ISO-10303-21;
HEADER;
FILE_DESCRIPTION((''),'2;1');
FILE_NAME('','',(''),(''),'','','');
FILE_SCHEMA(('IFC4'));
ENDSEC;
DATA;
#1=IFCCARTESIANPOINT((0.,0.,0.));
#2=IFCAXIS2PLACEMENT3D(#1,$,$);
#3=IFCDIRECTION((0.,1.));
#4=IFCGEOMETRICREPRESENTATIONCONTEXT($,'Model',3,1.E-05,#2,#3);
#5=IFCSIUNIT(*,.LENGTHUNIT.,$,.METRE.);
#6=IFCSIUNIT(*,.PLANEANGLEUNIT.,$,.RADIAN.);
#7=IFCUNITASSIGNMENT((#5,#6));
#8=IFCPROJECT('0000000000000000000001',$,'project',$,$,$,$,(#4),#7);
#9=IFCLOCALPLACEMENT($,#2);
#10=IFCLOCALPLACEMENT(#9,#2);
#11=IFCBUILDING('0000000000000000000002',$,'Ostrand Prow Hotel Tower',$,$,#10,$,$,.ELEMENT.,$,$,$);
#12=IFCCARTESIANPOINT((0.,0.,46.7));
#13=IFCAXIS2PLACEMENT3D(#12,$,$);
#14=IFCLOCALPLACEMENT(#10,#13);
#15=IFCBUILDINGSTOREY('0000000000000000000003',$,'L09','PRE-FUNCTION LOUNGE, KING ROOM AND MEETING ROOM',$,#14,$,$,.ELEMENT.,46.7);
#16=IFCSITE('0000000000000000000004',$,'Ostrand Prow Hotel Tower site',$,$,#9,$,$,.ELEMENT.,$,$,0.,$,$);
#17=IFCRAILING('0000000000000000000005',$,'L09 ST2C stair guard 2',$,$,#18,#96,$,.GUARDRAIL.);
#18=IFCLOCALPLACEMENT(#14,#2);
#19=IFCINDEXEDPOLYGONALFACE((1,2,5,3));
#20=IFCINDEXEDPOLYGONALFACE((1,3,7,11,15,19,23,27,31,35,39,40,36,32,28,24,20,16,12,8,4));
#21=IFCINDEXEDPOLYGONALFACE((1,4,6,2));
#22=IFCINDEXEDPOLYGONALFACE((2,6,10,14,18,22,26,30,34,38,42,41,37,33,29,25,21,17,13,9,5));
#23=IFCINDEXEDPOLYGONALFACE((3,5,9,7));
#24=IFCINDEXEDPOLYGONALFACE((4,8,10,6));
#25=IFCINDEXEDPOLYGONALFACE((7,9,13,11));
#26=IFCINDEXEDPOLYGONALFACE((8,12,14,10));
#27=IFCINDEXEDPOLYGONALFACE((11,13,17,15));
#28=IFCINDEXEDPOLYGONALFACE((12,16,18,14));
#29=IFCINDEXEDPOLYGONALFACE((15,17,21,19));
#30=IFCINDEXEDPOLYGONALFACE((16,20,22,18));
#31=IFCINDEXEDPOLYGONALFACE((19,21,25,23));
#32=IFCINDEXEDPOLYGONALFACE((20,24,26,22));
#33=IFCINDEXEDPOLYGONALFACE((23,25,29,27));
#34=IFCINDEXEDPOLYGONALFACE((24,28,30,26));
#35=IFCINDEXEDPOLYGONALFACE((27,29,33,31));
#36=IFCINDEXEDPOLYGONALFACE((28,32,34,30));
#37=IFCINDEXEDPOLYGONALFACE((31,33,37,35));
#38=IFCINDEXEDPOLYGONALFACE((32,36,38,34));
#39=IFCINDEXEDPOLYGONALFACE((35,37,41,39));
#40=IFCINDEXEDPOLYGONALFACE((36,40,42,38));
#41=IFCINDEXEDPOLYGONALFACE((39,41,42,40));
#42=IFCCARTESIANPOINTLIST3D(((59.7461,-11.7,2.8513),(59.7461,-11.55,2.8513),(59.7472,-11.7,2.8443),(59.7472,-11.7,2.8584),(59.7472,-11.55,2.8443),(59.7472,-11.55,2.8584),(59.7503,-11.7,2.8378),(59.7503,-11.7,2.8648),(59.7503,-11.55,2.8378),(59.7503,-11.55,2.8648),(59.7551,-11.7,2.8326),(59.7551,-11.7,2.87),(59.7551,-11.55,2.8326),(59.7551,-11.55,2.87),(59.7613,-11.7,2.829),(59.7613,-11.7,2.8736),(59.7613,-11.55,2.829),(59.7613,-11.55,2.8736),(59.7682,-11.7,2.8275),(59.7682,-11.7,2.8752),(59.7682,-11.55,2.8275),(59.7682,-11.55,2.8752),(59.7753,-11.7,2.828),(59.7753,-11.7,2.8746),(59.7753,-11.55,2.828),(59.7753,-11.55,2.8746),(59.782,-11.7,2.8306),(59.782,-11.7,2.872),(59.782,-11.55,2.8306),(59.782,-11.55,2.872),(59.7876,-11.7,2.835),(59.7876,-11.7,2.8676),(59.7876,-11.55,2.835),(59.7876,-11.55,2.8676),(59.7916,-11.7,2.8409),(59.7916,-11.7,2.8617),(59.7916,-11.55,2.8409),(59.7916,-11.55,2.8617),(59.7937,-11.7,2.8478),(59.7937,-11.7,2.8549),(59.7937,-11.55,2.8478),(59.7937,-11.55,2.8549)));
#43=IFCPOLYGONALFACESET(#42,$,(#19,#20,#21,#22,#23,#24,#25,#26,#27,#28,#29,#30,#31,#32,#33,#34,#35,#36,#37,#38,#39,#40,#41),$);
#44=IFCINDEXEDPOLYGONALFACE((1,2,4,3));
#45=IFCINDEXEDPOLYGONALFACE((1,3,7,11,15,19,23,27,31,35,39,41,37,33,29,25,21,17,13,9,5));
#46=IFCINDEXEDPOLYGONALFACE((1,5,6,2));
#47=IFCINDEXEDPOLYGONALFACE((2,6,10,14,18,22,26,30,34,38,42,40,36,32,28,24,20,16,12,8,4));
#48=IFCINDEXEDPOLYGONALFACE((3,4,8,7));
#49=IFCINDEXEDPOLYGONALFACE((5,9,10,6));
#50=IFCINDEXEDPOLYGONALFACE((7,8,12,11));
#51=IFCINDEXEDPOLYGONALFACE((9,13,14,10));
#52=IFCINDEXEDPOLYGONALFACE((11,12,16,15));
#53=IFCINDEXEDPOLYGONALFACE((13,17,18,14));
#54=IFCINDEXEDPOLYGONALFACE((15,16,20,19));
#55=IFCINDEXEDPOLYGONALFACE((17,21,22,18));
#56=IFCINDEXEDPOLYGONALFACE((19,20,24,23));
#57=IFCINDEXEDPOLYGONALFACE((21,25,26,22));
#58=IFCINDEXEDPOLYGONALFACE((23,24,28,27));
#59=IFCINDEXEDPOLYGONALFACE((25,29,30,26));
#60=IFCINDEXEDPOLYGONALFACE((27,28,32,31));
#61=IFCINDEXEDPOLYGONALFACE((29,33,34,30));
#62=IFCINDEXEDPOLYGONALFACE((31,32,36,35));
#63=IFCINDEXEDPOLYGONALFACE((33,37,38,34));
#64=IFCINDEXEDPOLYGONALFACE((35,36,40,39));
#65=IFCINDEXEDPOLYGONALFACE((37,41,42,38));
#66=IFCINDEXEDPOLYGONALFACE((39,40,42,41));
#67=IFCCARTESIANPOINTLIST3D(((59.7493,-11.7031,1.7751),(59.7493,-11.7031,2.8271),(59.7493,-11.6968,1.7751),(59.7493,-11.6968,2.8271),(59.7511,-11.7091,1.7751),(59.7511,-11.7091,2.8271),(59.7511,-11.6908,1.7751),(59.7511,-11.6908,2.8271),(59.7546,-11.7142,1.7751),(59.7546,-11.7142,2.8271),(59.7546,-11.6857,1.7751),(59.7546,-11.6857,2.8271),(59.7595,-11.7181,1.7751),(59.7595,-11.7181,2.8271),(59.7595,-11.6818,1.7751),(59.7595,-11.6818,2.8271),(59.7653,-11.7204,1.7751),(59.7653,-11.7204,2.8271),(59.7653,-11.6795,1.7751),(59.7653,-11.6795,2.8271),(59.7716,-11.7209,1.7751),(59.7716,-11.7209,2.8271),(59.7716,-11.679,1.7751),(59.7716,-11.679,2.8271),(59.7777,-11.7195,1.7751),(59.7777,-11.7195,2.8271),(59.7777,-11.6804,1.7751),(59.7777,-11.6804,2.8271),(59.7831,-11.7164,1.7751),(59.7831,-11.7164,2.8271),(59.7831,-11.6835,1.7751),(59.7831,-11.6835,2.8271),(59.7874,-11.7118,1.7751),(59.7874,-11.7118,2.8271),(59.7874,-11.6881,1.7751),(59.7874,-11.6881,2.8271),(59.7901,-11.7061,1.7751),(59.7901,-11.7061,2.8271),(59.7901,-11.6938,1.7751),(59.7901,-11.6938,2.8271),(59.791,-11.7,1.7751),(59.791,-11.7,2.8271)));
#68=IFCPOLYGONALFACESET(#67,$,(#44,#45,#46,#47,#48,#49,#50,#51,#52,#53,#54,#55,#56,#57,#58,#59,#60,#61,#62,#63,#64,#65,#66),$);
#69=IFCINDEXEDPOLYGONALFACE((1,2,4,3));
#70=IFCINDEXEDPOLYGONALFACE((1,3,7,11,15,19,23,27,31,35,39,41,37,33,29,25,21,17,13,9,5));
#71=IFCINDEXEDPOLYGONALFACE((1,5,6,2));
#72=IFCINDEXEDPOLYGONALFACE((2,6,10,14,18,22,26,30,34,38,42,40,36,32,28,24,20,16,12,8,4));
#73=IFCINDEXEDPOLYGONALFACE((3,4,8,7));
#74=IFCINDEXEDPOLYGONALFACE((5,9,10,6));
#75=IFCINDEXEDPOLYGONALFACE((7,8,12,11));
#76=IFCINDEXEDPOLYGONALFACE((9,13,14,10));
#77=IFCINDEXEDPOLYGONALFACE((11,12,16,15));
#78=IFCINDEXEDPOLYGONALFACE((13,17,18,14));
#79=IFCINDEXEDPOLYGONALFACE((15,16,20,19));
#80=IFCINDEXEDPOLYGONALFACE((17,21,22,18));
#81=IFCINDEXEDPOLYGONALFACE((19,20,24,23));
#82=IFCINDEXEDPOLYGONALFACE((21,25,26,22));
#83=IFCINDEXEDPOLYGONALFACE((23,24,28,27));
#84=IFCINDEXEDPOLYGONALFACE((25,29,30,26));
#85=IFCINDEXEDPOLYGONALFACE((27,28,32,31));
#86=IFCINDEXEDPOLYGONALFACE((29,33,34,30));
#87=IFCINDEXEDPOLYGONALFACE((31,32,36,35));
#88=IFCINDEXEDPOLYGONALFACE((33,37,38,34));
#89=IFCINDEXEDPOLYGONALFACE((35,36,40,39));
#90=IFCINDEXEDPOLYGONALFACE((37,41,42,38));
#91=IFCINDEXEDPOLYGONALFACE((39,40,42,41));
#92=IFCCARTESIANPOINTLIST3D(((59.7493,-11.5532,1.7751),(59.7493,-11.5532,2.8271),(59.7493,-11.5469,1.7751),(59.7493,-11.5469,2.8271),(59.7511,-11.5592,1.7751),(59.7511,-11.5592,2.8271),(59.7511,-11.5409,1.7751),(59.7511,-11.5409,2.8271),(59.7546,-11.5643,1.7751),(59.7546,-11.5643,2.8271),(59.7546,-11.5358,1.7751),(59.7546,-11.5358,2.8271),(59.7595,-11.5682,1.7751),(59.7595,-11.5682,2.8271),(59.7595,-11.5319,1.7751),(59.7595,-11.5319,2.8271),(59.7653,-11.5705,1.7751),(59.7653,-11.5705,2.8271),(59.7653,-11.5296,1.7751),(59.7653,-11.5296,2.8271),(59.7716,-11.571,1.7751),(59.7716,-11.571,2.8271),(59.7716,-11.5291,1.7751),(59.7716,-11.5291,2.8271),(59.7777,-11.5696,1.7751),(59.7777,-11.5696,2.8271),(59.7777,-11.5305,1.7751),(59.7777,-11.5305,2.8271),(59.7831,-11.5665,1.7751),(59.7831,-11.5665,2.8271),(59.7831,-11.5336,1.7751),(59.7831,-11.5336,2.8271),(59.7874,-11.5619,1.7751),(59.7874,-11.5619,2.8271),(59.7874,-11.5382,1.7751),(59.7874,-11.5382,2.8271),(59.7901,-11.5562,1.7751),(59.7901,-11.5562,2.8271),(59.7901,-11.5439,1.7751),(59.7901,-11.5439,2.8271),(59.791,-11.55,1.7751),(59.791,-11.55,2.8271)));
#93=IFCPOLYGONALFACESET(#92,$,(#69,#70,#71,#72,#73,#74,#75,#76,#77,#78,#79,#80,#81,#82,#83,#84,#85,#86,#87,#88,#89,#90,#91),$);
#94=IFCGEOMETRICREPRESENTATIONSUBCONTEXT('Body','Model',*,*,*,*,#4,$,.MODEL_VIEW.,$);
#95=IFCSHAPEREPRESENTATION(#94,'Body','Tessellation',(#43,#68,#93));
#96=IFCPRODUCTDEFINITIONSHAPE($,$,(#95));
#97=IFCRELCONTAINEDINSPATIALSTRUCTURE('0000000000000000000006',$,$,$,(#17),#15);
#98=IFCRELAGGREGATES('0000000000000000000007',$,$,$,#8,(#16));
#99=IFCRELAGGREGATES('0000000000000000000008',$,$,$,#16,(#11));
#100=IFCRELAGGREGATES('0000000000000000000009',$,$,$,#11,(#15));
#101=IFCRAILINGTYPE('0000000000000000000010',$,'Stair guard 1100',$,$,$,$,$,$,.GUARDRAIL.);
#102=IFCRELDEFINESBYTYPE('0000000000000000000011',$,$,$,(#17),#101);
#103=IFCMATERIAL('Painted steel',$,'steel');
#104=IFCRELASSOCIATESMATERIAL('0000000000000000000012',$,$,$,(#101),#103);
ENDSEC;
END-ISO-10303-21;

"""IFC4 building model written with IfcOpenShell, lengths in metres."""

from ifc_helpers import new_model, si_unit, direction, frame, origin, origin_2d, place, context, subcontext, project, spatial, circle, extrude, material, type_object, element, save


model = new_model("IFC4")

# Units and contexts
model_context = context("Model", 3, precision=1e-05, world=origin(), true_north=direction((0.0, 1.0)))
body_context = subcontext(model_context, "Body", "Model", "MODEL_VIEW")
ifc_project = project(units=[si_unit("LENGTHUNIT", "METRE"), si_unit("PLANEANGLEUNIT", "RADIAN")], contexts=[model_context])

# Site, building, storey
site_placement = place(None, origin())
site = spatial("IfcSite", under=ifc_project, at=site_placement, Name="Ostrand Prow Hotel Tower site", CompositionType="ELEMENT", RefElevation=0.0)
building_placement = place(site_placement, origin())
building = spatial("IfcBuilding", under=site, at=building_placement, Name="Ostrand Prow Hotel Tower", CompositionType="ELEMENT")
storey_placement = place(building_placement, frame((0.0, 0.0, 46.7)))
storey = spatial("IfcBuildingStorey", under=building, at=storey_placement, Name="L09", Description="PRE-FUNCTION LOUNGE, KING ROOM AND MEETING ROOM", CompositionType="ELEMENT", Elevation=46.7)

# Railing
ifc_material_1 = material(Name="Painted steel", Category="steel")
railing_type_1 = type_object("IfcRailingType", Name="Stair guard 1100", PredefinedType="GUARDRAIL", material=ifc_material_1)
railing_1_placement = place(storey_placement, frame((59.77, -11.7, 1.7751)))
element("IfcRailing", 1, at=railing_1_placement, inside=storey, type_object=railing_type_1, Name="L09 ST2C stair guard 2", PredefinedType="GUARDRAIL", context=body_context, shape_type="SweptSolid", body=[
    extrude(circle(Radius=0.0239, at=origin_2d()), frame((0.0, 0.0, 1.0762), z_axis=(0.0, 1.0, 0.0), x_axis=(-1.0, 0.0, 0.0)), (0.0, 0.0, 1.0), 0.1499),
    extrude(circle(Radius=0.021, at=origin_2d()), origin(), (0.0, 0.0, 1.0), 1.052),
    extrude(circle(Radius=0.021, at=origin_2d()), frame((0.0, 0.1499, 0.0)), (0.0, 0.0, 1.0), 1.052),
])

save(model, "model.ifc")
